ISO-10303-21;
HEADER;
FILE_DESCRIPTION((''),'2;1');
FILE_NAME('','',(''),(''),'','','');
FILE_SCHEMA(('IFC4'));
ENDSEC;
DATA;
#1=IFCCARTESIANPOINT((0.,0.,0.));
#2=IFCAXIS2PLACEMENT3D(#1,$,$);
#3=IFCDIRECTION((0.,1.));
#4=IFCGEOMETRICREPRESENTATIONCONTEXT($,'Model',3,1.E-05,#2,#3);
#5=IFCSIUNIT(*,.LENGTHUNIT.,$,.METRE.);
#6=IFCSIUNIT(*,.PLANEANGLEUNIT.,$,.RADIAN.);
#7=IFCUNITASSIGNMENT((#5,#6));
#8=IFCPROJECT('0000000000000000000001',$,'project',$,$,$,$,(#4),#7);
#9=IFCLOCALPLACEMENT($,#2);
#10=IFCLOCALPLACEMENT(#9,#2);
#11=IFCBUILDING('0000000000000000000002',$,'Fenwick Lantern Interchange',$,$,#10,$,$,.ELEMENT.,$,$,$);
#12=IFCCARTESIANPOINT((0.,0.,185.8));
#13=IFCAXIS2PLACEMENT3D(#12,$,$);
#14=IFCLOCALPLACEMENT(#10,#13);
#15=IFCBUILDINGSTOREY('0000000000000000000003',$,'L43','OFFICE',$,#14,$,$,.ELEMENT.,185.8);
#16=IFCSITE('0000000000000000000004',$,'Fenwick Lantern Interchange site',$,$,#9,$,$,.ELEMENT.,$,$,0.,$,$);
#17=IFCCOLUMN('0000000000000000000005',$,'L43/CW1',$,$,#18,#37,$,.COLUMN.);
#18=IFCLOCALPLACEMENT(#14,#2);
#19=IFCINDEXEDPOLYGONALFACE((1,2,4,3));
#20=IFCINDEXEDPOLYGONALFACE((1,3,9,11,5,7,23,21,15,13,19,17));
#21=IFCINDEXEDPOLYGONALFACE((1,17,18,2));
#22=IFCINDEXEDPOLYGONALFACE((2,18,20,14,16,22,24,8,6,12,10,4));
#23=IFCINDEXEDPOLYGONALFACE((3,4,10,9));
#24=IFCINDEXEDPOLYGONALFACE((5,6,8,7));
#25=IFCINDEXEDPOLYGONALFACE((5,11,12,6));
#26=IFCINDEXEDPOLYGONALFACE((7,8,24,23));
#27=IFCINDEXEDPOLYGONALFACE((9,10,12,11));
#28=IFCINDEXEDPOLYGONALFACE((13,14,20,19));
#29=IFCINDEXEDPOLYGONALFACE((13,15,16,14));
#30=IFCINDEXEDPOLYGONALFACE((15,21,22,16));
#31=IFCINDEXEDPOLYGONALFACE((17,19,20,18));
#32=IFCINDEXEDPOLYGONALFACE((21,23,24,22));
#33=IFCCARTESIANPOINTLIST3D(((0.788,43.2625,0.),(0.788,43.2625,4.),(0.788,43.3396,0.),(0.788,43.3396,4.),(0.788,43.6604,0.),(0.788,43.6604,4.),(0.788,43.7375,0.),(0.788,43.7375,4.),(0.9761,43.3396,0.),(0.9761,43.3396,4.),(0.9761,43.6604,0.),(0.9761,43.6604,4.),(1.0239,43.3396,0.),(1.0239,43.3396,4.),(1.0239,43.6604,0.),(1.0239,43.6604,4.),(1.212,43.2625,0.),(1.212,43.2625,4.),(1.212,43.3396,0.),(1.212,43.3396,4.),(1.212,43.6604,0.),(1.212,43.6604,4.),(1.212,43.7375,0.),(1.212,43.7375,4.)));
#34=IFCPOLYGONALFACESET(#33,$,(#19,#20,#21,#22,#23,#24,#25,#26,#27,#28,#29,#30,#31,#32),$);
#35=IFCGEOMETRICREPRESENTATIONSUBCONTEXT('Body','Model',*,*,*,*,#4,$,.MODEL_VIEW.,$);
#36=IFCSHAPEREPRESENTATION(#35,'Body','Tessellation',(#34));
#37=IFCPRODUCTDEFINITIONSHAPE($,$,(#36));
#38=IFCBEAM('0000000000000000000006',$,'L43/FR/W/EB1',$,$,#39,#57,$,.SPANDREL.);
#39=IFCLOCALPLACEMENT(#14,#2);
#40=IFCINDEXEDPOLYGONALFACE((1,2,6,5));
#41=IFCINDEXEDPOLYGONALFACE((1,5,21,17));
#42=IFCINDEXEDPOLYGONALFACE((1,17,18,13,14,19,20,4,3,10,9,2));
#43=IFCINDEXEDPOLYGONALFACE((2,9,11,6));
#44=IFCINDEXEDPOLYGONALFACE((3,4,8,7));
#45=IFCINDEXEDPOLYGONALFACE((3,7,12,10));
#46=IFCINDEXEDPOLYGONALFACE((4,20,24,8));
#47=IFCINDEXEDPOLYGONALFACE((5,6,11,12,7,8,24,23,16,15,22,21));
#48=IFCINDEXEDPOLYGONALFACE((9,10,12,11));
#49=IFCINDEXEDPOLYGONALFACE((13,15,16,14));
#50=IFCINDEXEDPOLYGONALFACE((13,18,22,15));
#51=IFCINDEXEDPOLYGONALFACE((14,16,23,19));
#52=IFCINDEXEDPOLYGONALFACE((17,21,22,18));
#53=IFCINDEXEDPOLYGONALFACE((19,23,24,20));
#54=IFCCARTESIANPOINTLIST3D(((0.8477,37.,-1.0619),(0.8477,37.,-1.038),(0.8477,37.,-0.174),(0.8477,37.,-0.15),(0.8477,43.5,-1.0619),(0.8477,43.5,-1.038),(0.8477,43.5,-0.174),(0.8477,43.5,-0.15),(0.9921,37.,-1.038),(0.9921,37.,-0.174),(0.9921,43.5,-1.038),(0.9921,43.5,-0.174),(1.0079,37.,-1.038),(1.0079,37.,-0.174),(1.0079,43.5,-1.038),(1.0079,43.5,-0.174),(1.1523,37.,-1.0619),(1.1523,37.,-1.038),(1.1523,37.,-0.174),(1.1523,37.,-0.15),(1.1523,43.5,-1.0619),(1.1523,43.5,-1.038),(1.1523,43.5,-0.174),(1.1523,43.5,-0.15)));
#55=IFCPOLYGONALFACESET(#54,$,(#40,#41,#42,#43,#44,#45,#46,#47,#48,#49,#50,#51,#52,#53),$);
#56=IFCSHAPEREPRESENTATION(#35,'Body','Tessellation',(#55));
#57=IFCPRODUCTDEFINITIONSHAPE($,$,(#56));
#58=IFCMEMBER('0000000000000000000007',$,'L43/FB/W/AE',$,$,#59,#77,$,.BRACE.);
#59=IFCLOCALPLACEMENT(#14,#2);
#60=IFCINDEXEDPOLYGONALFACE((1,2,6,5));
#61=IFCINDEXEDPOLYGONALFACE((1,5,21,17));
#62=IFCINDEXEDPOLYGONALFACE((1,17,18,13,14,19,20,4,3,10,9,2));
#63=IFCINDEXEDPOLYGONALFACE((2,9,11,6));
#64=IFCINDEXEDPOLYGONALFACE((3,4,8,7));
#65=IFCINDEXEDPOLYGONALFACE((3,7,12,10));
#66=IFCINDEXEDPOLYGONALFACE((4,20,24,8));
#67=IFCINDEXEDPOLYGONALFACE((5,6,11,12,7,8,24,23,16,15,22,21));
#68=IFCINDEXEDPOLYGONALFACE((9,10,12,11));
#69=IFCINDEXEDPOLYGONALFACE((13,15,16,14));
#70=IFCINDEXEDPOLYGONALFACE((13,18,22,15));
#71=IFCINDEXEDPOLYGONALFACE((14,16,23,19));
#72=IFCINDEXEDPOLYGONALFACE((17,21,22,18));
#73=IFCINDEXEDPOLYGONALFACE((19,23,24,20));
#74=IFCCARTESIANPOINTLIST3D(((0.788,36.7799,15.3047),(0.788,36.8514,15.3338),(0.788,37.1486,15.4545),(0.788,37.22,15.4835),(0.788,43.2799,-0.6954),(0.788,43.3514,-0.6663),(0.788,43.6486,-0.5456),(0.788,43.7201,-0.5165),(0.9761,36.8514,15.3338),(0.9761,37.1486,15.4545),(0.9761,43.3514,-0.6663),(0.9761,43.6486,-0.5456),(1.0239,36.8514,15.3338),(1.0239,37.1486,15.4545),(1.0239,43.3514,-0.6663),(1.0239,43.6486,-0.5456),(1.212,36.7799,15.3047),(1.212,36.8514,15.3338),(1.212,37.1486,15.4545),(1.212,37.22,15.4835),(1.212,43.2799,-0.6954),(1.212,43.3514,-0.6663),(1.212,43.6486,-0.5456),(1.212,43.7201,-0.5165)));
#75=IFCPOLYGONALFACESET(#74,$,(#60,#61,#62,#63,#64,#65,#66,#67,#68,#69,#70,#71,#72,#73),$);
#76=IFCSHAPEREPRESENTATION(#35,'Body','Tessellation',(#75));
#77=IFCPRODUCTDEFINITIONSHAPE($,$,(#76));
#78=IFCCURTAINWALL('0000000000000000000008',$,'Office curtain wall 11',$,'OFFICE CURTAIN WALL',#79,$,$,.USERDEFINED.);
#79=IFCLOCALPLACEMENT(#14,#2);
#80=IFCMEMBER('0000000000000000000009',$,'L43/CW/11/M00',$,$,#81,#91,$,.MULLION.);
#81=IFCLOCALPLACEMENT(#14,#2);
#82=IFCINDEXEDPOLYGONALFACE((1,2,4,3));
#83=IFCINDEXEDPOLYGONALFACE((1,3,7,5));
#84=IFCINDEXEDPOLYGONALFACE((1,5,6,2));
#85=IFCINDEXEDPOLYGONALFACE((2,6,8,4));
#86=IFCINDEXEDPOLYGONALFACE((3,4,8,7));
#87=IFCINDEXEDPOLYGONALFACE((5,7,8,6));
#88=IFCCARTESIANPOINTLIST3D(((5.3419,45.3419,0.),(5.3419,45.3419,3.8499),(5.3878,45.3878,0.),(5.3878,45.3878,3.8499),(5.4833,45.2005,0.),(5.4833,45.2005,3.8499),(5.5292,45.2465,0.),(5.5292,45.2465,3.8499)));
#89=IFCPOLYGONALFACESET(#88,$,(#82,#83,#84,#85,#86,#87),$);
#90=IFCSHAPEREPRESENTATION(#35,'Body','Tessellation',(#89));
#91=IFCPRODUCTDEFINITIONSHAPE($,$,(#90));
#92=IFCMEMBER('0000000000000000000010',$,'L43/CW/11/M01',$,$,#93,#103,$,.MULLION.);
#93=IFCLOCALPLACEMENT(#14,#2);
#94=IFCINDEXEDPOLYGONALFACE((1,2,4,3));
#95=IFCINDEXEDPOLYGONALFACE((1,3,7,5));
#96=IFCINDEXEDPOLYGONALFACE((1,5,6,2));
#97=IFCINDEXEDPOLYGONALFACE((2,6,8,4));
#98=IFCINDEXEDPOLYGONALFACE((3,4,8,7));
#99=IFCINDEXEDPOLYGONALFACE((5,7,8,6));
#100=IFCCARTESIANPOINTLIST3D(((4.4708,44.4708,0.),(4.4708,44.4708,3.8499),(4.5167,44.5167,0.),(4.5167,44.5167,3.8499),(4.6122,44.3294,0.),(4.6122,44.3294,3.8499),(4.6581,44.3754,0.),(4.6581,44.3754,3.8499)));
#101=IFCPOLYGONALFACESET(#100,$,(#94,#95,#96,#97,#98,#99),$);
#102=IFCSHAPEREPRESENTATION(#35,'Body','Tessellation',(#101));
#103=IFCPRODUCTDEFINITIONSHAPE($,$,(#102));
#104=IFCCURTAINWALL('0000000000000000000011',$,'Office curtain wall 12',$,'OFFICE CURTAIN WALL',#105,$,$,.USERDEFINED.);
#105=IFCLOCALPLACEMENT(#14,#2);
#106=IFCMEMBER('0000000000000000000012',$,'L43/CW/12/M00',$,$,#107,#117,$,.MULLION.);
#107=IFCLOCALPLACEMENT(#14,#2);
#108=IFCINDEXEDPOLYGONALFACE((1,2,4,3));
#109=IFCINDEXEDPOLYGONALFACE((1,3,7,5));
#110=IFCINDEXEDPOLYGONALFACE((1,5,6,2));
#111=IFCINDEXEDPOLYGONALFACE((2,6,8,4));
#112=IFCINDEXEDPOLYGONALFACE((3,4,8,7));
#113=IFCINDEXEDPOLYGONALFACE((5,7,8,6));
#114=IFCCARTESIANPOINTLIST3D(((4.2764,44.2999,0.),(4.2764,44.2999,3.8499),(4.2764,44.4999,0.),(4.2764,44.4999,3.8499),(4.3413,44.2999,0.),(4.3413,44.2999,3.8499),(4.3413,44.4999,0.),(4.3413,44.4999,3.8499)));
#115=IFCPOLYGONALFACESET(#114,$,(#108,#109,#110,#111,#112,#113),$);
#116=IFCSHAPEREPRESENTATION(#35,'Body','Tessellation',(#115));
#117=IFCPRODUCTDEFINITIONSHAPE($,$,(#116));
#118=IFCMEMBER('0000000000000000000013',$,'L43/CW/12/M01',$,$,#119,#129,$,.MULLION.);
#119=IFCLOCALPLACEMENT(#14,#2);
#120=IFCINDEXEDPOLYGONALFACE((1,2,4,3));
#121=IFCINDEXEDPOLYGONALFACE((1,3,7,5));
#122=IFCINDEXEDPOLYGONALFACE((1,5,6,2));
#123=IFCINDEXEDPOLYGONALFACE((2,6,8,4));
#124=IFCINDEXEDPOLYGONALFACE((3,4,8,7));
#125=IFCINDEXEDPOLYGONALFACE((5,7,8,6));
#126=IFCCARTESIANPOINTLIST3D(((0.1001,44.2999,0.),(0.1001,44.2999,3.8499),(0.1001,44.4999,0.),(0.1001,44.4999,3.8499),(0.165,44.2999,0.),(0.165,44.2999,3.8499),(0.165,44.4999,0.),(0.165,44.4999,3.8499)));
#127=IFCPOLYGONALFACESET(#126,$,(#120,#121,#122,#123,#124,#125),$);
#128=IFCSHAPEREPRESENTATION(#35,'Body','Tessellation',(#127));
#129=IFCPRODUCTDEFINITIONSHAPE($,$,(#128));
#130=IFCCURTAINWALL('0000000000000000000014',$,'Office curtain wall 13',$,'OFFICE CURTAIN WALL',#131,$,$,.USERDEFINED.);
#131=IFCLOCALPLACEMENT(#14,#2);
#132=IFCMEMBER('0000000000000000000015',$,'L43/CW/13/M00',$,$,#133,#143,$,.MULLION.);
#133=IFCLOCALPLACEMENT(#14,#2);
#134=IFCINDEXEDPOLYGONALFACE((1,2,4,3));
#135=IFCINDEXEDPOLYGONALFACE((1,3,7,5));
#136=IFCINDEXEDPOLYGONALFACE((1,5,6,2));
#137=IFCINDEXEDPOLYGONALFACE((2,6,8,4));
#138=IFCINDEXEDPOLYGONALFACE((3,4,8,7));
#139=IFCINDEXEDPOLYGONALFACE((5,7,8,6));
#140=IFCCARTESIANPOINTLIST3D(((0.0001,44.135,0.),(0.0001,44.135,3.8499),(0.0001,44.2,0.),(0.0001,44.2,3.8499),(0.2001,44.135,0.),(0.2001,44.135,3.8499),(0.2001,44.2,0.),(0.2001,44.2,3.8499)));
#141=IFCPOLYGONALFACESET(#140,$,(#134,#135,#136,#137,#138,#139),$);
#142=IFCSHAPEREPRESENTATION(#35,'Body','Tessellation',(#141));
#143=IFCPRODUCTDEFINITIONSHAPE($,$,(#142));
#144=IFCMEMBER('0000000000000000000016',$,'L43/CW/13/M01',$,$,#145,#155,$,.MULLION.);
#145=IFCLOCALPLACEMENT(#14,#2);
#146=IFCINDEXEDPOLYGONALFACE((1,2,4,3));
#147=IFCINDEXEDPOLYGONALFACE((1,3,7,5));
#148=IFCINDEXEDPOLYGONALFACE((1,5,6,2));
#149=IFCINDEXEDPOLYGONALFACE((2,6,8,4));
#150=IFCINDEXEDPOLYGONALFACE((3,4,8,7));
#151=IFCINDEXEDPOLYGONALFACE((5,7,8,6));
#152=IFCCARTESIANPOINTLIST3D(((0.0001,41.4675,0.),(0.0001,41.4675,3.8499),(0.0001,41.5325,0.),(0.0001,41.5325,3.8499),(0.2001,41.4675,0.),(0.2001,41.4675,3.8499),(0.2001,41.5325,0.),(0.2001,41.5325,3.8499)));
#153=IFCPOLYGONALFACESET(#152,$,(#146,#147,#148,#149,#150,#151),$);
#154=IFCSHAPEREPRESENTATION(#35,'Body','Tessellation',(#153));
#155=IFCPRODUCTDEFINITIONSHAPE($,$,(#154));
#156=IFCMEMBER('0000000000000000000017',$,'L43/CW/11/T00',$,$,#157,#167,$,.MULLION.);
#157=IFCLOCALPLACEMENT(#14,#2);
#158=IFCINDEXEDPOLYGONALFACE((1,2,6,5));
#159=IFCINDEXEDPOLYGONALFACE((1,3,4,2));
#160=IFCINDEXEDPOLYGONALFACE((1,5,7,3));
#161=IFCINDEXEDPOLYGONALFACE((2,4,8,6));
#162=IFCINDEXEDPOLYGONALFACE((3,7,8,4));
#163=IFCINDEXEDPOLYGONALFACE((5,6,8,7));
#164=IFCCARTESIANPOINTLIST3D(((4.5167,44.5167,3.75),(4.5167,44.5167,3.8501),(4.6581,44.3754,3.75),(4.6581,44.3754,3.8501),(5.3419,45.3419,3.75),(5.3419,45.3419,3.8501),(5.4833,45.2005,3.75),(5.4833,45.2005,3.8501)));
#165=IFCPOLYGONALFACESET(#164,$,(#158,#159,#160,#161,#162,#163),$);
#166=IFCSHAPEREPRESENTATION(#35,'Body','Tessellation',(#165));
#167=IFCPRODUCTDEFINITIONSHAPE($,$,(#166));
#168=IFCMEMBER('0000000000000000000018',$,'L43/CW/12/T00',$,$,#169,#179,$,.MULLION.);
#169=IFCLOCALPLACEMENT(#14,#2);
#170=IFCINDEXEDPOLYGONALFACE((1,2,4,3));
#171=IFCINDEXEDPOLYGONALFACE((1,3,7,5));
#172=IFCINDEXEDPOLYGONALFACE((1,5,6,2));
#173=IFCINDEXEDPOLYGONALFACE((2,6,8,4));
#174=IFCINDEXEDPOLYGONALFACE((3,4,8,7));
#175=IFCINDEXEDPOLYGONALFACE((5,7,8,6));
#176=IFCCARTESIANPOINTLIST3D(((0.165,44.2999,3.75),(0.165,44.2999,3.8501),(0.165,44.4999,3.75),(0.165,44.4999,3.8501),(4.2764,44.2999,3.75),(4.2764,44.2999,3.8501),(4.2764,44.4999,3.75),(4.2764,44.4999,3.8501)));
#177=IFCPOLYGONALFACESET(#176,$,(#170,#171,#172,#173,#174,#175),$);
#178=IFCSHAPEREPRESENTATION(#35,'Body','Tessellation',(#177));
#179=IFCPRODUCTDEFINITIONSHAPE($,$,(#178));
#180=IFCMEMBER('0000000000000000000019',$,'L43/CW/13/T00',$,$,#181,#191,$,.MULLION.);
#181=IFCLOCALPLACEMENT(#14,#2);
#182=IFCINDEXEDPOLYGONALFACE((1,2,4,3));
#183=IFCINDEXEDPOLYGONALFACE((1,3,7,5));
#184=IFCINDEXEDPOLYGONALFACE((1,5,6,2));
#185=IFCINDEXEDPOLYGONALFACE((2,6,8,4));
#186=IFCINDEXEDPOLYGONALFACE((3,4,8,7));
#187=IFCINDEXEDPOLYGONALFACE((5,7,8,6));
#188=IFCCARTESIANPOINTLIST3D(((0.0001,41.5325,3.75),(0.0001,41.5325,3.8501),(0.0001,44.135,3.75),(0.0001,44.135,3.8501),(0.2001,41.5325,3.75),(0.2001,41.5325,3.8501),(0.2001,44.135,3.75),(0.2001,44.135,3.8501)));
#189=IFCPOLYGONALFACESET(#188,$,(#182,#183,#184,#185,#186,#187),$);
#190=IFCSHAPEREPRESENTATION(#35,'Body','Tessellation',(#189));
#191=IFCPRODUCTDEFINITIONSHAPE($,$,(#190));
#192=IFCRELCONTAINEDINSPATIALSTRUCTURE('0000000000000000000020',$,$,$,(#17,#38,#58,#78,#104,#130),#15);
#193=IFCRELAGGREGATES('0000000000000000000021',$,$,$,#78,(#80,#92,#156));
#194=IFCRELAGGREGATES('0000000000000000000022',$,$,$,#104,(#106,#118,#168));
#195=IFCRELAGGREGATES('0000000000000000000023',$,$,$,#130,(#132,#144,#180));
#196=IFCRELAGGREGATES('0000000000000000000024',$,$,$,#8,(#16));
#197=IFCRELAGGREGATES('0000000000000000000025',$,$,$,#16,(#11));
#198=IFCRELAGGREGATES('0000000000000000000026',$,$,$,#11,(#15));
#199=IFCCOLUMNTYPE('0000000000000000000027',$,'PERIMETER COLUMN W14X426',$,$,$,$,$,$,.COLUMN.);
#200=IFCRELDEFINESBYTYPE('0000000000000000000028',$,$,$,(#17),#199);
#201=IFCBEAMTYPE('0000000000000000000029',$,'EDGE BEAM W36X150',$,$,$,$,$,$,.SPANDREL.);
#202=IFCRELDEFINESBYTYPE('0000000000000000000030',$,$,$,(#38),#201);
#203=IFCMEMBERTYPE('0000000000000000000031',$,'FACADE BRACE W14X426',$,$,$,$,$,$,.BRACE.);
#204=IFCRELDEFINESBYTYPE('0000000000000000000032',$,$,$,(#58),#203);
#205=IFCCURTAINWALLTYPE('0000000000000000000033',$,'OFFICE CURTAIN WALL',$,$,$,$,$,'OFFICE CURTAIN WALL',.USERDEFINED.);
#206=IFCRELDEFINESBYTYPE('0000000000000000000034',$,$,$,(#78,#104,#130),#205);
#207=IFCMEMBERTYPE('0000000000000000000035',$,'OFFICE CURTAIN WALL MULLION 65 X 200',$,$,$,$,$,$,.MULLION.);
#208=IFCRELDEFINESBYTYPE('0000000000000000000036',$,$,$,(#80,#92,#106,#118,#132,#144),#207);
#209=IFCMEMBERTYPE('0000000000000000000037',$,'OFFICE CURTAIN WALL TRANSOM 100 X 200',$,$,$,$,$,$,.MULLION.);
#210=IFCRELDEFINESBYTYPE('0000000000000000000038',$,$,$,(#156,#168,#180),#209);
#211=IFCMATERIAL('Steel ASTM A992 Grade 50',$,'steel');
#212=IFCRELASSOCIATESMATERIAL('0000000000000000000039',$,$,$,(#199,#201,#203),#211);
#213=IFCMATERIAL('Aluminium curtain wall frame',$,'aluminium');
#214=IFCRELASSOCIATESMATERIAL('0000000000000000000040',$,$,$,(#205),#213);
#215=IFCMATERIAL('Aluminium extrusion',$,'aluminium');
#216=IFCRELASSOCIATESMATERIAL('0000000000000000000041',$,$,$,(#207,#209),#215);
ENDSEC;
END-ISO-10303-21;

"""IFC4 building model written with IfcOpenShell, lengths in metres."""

from ifc_helpers import new_model, si_unit, direction, frame, origin, origin_2d, place, context, subcontext, project, spatial, rectangle, i_section, extrude, material, material_profile, profile_set, type_object, element, aggregate, save


model = new_model("IFC4")

# Units and contexts
model_context = context("Model", 3, precision=1e-05, world=origin(), true_north=direction((0.0, 1.0)))
body_context = subcontext(model_context, "Body", "Model", "MODEL_VIEW")
ifc_project = project(units=[si_unit("LENGTHUNIT", "METRE"), si_unit("PLANEANGLEUNIT", "RADIAN")], contexts=[model_context])

# Site, building, storey
site_placement = place(None, origin())
site = spatial("IfcSite", under=ifc_project, at=site_placement, Name="Fenwick Lantern Interchange site", CompositionType="ELEMENT", RefElevation=0.0)
building_placement = place(site_placement, origin())
building = spatial("IfcBuilding", under=site, at=building_placement, Name="Fenwick Lantern Interchange", CompositionType="ELEMENT")
storey_placement = place(building_placement, frame((0.0, 0.0, 185.8)))
storey = spatial("IfcBuildingStorey", under=building, at=storey_placement, Name="L43", Description="OFFICE", CompositionType="ELEMENT", Elevation=185.8)

# Column
ifc_material_1 = material(Name="Steel ASTM A992 Grade 50", Category="steel")
ifc_material_profile_1 = material_profile(ifc_material_1, i_section(OverallWidth=0.4241, OverallDepth=0.4751, WebThickness=0.0479, FlangeThickness=0.0771, at=origin_2d()), Name="W14X426")
ifc_profile_set_1 = profile_set([ifc_material_profile_1], Name="Steel ASTM A992 Grade 50")
column_type = type_object("IfcColumnType", Name="PERIMETER COLUMN W14X426", PredefinedType="COLUMN", material=ifc_profile_set_1)
column_placement = place(storey_placement, frame((1.0, 43.5, 0.0), z_axis=(0.0, 0.0, 1.0), x_axis=(1.0, 0.0, 0.0)))
element("IfcColumn", 1, at=column_placement, inside=storey, type_object=column_type, Name="L43/CW1", PredefinedType="COLUMN", context=body_context, shape_type="SweptSolid", body=[
    extrude(i_section(OverallWidth=0.4241, OverallDepth=0.4751, WebThickness=0.0479, FlangeThickness=0.0771, at=origin_2d()), origin(), (0.0, 0.0, 1.0), 4.0),
])

# Beam
ifc_material_profile_2 = material_profile(ifc_material_1, i_section(OverallWidth=0.3047, OverallDepth=0.9119, WebThickness=0.0159, FlangeThickness=0.0239, at=origin_2d()), Name="W36X150")
ifc_profile_set_2 = profile_set([ifc_material_profile_2], Name="Steel ASTM A992 Grade 50")
beam_type = type_object("IfcBeamType", Name="EDGE BEAM W36X150", PredefinedType="SPANDREL", material=ifc_profile_set_2)
beam_placement = place(storey_placement, frame((1.0, 43.5, -0.606), z_axis=(0.0, -1.0, 0.0), x_axis=(1.0, 0.0, 0.0)))
element("IfcBeam", 2, at=beam_placement, inside=storey, type_object=beam_type, Name="L43/FR/W/EB1", PredefinedType="SPANDREL", context=body_context, shape_type="SweptSolid", body=[
    extrude(i_section(OverallWidth=0.3047, OverallDepth=0.9119, WebThickness=0.0159, FlangeThickness=0.0239, at=origin_2d()), origin(), (0.0, 0.0, 1.0), 6.5),
])

# Member
ifc_material_profile_3 = material_profile(ifc_material_1, i_section(OverallWidth=0.4241, OverallDepth=0.4751, WebThickness=0.0479, FlangeThickness=0.0771, at=origin_2d()), Name="W14X426")
ifc_profile_set_3 = profile_set([ifc_material_profile_3], Name="Steel ASTM A992 Grade 50")
member_type_1 = type_object("IfcMemberType", Name="FACADE BRACE W14X426", PredefinedType="BRACE", material=ifc_profile_set_3)
member_1_placement = place(storey_placement, frame((1.0, 43.5, -0.606), z_axis=(0.0, -0.376377, 0.926467), x_axis=(1.0, 0.0, 0.0)))
element("IfcMember", 3, at=member_1_placement, inside=storey, type_object=member_type_1, Name="L43/FB/W/AE", PredefinedType="BRACE", context=body_context, shape_type="SweptSolid", body=[
    extrude(i_section(OverallWidth=0.4241, OverallDepth=0.4751, WebThickness=0.0479, FlangeThickness=0.0771, at=origin_2d()), origin(), (0.0, 0.0, 1.0), 17.27),
])

# Curtain walls, members
ifc_material_2 = material(Name="Aluminium curtain wall frame", Category="aluminium")
curtain_wall_type = type_object("IfcCurtainWallType", Name="OFFICE CURTAIN WALL", ElementType="OFFICE CURTAIN WALL", PredefinedType="USERDEFINED", material=ifc_material_2)
curtain_wall_1_placement = place(storey_placement, origin())
curtain_wall_1 = element("IfcCurtainWall", 4, at=curtain_wall_1_placement, inside=storey, type_object=curtain_wall_type, Name="Office curtain wall 11", ObjectType="OFFICE CURTAIN WALL", PredefinedType="USERDEFINED")
ifc_material_3 = material(Name="Aluminium extrusion", Category="aluminium")
ifc_material_profile_4 = material_profile(ifc_material_3, rectangle(XDim=0.2, YDim=0.0649, at=origin_2d()), Name="OFFICE CURTAIN WALL MULLION 65 X 200")
ifc_profile_set_4 = profile_set([ifc_material_profile_4], Name="Aluminium extrusion")
member_type_2 = type_object("IfcMemberType", Name="OFFICE CURTAIN WALL MULLION 65 X 200", PredefinedType="MULLION", material=ifc_profile_set_4)
member_2_placement = place(storey_placement, frame((5.4355, 45.2942, 0.0), z_axis=(0.0, 0.0, 1.0), x_axis=(0.707107, -0.707107, 0.0)))
member_2 = element("IfcMember", 5, at=member_2_placement, type_object=member_type_2, Name="L43/CW/11/M00", PredefinedType="MULLION", context=body_context, shape_type="SweptSolid", body=[
    extrude(rectangle(XDim=0.2, YDim=0.0649, at=origin_2d()), origin(), (0.0, 0.0, 1.0), 3.8499),
])
member_3_placement = place(storey_placement, frame((4.5645, 44.4231, 0.0), z_axis=(0.0, 0.0, 1.0), x_axis=(0.707107, -0.707107, 0.0)))
member_3 = element("IfcMember", 6, at=member_3_placement, type_object=member_type_2, Name="L43/CW/11/M01", PredefinedType="MULLION", context=body_context, shape_type="SweptSolid", body=[
    extrude(rectangle(XDim=0.2, YDim=0.0649, at=origin_2d()), origin(), (0.0, 0.0, 1.0), 3.8499),
])
curtain_wall_2_placement = place(storey_placement, origin())
curtain_wall_2 = element("IfcCurtainWall", 7, at=curtain_wall_2_placement, inside=storey, type_object=curtain_wall_type, Name="Office curtain wall 12", ObjectType="OFFICE CURTAIN WALL", PredefinedType="USERDEFINED")
member_4_placement = place(storey_placement, frame((4.3088, 44.3999, 0.0), z_axis=(0.0, 0.0, 1.0), x_axis=(0.0, -1.0, 0.0)))
member_4 = element("IfcMember", 8, at=member_4_placement, type_object=member_type_2, Name="L43/CW/12/M00", PredefinedType="MULLION", context=body_context, shape_type="SweptSolid", body=[
    extrude(rectangle(XDim=0.2, YDim=0.0649, at=origin_2d()), origin(), (0.0, 0.0, 1.0), 3.8499),
])
member_5_placement = place(storey_placement, frame((0.1326, 44.3999, 0.0), z_axis=(0.0, 0.0, 1.0), x_axis=(0.0, -1.0, 0.0)))
member_5 = element("IfcMember", 9, at=member_5_placement, type_object=member_type_2, Name="L43/CW/12/M01", PredefinedType="MULLION", context=body_context, shape_type="SweptSolid", body=[
    extrude(rectangle(XDim=0.2, YDim=0.0649, at=origin_2d()), origin(), (0.0, 0.0, 1.0), 3.8499),
])
curtain_wall_3_placement = place(storey_placement, origin())
curtain_wall_3 = element("IfcCurtainWall", 10, at=curtain_wall_3_placement, inside=storey, type_object=curtain_wall_type, Name="Office curtain wall 13", ObjectType="OFFICE CURTAIN WALL", PredefinedType="USERDEFINED")
member_6_placement = place(storey_placement, frame((0.1001, 44.1675, 0.0), z_axis=(0.0, 0.0, 1.0), x_axis=(1.0, 0.0, 0.0)))
member_6 = element("IfcMember", 11, at=member_6_placement, type_object=member_type_2, Name="L43/CW/13/M00", PredefinedType="MULLION", context=body_context, shape_type="SweptSolid", body=[
    extrude(rectangle(XDim=0.2, YDim=0.0649, at=origin_2d()), origin(), (0.0, 0.0, 1.0), 3.8499),
])
member_7_placement = place(storey_placement, frame((0.1001, 41.5, 0.0), z_axis=(0.0, 0.0, 1.0), x_axis=(1.0, 0.0, 0.0)))
member_7 = element("IfcMember", 12, at=member_7_placement, type_object=member_type_2, Name="L43/CW/13/M01", PredefinedType="MULLION", context=body_context, shape_type="SweptSolid", body=[
    extrude(rectangle(XDim=0.2, YDim=0.0649, at=origin_2d()), origin(), (0.0, 0.0, 1.0), 3.8499),
])

# Members
ifc_material_profile_5 = material_profile(ifc_material_3, rectangle(XDim=0.2, YDim=0.1001, at=origin_2d()), Name="OFFICE CURTAIN WALL TRANSOM 100 X 200")
ifc_profile_set_5 = profile_set([ifc_material_profile_5], Name="Aluminium extrusion")
member_type_3 = type_object("IfcMemberType", Name="OFFICE CURTAIN WALL TRANSOM 100 X 200", PredefinedType="MULLION", material=ifc_profile_set_5)
member_8_placement = place(storey_placement, frame((5.4126, 45.2712, 3.8), z_axis=(-0.707107, -0.707107, 0.0), x_axis=(0.707107, -0.707107, 0.0)))
member_8 = element("IfcMember", 13, at=member_8_placement, type_object=member_type_3, Name="L43/CW/11/T00", PredefinedType="MULLION", context=body_context, shape_type="SweptSolid", body=[
    extrude(rectangle(XDim=0.2, YDim=0.1001, at=origin_2d()), origin(), (0.0, 0.0, 1.0), 1.167),
])
member_9_placement = place(storey_placement, frame((4.2764, 44.3999, 3.8), z_axis=(-1.0, 0.0, 0.0), x_axis=(0.0, -1.0, 0.0)))
member_9 = element("IfcMember", 14, at=member_9_placement, type_object=member_type_3, Name="L43/CW/12/T00", PredefinedType="MULLION", context=body_context, shape_type="SweptSolid", body=[
    extrude(rectangle(XDim=0.2, YDim=0.1001, at=origin_2d()), origin(), (0.0, 0.0, 1.0), 4.1113),
])
member_10_placement = place(storey_placement, frame((0.1001, 44.135, 3.8), z_axis=(0.0, -1.0, 0.0), x_axis=(1.0, 0.0, 0.0)))
member_10 = element("IfcMember", 15, at=member_10_placement, type_object=member_type_3, Name="L43/CW/13/T00", PredefinedType="MULLION", context=body_context, shape_type="SweptSolid", body=[
    extrude(rectangle(XDim=0.2, YDim=0.1001, at=origin_2d()), origin(), (0.0, 0.0, 1.0), 2.6025),
])

aggregate(curtain_wall_1, [member_2, member_3, member_8])
aggregate(curtain_wall_2, [member_4, member_5, member_9])
aggregate(curtain_wall_3, [member_6, member_7, member_10])

save(model, "model.ifc")
